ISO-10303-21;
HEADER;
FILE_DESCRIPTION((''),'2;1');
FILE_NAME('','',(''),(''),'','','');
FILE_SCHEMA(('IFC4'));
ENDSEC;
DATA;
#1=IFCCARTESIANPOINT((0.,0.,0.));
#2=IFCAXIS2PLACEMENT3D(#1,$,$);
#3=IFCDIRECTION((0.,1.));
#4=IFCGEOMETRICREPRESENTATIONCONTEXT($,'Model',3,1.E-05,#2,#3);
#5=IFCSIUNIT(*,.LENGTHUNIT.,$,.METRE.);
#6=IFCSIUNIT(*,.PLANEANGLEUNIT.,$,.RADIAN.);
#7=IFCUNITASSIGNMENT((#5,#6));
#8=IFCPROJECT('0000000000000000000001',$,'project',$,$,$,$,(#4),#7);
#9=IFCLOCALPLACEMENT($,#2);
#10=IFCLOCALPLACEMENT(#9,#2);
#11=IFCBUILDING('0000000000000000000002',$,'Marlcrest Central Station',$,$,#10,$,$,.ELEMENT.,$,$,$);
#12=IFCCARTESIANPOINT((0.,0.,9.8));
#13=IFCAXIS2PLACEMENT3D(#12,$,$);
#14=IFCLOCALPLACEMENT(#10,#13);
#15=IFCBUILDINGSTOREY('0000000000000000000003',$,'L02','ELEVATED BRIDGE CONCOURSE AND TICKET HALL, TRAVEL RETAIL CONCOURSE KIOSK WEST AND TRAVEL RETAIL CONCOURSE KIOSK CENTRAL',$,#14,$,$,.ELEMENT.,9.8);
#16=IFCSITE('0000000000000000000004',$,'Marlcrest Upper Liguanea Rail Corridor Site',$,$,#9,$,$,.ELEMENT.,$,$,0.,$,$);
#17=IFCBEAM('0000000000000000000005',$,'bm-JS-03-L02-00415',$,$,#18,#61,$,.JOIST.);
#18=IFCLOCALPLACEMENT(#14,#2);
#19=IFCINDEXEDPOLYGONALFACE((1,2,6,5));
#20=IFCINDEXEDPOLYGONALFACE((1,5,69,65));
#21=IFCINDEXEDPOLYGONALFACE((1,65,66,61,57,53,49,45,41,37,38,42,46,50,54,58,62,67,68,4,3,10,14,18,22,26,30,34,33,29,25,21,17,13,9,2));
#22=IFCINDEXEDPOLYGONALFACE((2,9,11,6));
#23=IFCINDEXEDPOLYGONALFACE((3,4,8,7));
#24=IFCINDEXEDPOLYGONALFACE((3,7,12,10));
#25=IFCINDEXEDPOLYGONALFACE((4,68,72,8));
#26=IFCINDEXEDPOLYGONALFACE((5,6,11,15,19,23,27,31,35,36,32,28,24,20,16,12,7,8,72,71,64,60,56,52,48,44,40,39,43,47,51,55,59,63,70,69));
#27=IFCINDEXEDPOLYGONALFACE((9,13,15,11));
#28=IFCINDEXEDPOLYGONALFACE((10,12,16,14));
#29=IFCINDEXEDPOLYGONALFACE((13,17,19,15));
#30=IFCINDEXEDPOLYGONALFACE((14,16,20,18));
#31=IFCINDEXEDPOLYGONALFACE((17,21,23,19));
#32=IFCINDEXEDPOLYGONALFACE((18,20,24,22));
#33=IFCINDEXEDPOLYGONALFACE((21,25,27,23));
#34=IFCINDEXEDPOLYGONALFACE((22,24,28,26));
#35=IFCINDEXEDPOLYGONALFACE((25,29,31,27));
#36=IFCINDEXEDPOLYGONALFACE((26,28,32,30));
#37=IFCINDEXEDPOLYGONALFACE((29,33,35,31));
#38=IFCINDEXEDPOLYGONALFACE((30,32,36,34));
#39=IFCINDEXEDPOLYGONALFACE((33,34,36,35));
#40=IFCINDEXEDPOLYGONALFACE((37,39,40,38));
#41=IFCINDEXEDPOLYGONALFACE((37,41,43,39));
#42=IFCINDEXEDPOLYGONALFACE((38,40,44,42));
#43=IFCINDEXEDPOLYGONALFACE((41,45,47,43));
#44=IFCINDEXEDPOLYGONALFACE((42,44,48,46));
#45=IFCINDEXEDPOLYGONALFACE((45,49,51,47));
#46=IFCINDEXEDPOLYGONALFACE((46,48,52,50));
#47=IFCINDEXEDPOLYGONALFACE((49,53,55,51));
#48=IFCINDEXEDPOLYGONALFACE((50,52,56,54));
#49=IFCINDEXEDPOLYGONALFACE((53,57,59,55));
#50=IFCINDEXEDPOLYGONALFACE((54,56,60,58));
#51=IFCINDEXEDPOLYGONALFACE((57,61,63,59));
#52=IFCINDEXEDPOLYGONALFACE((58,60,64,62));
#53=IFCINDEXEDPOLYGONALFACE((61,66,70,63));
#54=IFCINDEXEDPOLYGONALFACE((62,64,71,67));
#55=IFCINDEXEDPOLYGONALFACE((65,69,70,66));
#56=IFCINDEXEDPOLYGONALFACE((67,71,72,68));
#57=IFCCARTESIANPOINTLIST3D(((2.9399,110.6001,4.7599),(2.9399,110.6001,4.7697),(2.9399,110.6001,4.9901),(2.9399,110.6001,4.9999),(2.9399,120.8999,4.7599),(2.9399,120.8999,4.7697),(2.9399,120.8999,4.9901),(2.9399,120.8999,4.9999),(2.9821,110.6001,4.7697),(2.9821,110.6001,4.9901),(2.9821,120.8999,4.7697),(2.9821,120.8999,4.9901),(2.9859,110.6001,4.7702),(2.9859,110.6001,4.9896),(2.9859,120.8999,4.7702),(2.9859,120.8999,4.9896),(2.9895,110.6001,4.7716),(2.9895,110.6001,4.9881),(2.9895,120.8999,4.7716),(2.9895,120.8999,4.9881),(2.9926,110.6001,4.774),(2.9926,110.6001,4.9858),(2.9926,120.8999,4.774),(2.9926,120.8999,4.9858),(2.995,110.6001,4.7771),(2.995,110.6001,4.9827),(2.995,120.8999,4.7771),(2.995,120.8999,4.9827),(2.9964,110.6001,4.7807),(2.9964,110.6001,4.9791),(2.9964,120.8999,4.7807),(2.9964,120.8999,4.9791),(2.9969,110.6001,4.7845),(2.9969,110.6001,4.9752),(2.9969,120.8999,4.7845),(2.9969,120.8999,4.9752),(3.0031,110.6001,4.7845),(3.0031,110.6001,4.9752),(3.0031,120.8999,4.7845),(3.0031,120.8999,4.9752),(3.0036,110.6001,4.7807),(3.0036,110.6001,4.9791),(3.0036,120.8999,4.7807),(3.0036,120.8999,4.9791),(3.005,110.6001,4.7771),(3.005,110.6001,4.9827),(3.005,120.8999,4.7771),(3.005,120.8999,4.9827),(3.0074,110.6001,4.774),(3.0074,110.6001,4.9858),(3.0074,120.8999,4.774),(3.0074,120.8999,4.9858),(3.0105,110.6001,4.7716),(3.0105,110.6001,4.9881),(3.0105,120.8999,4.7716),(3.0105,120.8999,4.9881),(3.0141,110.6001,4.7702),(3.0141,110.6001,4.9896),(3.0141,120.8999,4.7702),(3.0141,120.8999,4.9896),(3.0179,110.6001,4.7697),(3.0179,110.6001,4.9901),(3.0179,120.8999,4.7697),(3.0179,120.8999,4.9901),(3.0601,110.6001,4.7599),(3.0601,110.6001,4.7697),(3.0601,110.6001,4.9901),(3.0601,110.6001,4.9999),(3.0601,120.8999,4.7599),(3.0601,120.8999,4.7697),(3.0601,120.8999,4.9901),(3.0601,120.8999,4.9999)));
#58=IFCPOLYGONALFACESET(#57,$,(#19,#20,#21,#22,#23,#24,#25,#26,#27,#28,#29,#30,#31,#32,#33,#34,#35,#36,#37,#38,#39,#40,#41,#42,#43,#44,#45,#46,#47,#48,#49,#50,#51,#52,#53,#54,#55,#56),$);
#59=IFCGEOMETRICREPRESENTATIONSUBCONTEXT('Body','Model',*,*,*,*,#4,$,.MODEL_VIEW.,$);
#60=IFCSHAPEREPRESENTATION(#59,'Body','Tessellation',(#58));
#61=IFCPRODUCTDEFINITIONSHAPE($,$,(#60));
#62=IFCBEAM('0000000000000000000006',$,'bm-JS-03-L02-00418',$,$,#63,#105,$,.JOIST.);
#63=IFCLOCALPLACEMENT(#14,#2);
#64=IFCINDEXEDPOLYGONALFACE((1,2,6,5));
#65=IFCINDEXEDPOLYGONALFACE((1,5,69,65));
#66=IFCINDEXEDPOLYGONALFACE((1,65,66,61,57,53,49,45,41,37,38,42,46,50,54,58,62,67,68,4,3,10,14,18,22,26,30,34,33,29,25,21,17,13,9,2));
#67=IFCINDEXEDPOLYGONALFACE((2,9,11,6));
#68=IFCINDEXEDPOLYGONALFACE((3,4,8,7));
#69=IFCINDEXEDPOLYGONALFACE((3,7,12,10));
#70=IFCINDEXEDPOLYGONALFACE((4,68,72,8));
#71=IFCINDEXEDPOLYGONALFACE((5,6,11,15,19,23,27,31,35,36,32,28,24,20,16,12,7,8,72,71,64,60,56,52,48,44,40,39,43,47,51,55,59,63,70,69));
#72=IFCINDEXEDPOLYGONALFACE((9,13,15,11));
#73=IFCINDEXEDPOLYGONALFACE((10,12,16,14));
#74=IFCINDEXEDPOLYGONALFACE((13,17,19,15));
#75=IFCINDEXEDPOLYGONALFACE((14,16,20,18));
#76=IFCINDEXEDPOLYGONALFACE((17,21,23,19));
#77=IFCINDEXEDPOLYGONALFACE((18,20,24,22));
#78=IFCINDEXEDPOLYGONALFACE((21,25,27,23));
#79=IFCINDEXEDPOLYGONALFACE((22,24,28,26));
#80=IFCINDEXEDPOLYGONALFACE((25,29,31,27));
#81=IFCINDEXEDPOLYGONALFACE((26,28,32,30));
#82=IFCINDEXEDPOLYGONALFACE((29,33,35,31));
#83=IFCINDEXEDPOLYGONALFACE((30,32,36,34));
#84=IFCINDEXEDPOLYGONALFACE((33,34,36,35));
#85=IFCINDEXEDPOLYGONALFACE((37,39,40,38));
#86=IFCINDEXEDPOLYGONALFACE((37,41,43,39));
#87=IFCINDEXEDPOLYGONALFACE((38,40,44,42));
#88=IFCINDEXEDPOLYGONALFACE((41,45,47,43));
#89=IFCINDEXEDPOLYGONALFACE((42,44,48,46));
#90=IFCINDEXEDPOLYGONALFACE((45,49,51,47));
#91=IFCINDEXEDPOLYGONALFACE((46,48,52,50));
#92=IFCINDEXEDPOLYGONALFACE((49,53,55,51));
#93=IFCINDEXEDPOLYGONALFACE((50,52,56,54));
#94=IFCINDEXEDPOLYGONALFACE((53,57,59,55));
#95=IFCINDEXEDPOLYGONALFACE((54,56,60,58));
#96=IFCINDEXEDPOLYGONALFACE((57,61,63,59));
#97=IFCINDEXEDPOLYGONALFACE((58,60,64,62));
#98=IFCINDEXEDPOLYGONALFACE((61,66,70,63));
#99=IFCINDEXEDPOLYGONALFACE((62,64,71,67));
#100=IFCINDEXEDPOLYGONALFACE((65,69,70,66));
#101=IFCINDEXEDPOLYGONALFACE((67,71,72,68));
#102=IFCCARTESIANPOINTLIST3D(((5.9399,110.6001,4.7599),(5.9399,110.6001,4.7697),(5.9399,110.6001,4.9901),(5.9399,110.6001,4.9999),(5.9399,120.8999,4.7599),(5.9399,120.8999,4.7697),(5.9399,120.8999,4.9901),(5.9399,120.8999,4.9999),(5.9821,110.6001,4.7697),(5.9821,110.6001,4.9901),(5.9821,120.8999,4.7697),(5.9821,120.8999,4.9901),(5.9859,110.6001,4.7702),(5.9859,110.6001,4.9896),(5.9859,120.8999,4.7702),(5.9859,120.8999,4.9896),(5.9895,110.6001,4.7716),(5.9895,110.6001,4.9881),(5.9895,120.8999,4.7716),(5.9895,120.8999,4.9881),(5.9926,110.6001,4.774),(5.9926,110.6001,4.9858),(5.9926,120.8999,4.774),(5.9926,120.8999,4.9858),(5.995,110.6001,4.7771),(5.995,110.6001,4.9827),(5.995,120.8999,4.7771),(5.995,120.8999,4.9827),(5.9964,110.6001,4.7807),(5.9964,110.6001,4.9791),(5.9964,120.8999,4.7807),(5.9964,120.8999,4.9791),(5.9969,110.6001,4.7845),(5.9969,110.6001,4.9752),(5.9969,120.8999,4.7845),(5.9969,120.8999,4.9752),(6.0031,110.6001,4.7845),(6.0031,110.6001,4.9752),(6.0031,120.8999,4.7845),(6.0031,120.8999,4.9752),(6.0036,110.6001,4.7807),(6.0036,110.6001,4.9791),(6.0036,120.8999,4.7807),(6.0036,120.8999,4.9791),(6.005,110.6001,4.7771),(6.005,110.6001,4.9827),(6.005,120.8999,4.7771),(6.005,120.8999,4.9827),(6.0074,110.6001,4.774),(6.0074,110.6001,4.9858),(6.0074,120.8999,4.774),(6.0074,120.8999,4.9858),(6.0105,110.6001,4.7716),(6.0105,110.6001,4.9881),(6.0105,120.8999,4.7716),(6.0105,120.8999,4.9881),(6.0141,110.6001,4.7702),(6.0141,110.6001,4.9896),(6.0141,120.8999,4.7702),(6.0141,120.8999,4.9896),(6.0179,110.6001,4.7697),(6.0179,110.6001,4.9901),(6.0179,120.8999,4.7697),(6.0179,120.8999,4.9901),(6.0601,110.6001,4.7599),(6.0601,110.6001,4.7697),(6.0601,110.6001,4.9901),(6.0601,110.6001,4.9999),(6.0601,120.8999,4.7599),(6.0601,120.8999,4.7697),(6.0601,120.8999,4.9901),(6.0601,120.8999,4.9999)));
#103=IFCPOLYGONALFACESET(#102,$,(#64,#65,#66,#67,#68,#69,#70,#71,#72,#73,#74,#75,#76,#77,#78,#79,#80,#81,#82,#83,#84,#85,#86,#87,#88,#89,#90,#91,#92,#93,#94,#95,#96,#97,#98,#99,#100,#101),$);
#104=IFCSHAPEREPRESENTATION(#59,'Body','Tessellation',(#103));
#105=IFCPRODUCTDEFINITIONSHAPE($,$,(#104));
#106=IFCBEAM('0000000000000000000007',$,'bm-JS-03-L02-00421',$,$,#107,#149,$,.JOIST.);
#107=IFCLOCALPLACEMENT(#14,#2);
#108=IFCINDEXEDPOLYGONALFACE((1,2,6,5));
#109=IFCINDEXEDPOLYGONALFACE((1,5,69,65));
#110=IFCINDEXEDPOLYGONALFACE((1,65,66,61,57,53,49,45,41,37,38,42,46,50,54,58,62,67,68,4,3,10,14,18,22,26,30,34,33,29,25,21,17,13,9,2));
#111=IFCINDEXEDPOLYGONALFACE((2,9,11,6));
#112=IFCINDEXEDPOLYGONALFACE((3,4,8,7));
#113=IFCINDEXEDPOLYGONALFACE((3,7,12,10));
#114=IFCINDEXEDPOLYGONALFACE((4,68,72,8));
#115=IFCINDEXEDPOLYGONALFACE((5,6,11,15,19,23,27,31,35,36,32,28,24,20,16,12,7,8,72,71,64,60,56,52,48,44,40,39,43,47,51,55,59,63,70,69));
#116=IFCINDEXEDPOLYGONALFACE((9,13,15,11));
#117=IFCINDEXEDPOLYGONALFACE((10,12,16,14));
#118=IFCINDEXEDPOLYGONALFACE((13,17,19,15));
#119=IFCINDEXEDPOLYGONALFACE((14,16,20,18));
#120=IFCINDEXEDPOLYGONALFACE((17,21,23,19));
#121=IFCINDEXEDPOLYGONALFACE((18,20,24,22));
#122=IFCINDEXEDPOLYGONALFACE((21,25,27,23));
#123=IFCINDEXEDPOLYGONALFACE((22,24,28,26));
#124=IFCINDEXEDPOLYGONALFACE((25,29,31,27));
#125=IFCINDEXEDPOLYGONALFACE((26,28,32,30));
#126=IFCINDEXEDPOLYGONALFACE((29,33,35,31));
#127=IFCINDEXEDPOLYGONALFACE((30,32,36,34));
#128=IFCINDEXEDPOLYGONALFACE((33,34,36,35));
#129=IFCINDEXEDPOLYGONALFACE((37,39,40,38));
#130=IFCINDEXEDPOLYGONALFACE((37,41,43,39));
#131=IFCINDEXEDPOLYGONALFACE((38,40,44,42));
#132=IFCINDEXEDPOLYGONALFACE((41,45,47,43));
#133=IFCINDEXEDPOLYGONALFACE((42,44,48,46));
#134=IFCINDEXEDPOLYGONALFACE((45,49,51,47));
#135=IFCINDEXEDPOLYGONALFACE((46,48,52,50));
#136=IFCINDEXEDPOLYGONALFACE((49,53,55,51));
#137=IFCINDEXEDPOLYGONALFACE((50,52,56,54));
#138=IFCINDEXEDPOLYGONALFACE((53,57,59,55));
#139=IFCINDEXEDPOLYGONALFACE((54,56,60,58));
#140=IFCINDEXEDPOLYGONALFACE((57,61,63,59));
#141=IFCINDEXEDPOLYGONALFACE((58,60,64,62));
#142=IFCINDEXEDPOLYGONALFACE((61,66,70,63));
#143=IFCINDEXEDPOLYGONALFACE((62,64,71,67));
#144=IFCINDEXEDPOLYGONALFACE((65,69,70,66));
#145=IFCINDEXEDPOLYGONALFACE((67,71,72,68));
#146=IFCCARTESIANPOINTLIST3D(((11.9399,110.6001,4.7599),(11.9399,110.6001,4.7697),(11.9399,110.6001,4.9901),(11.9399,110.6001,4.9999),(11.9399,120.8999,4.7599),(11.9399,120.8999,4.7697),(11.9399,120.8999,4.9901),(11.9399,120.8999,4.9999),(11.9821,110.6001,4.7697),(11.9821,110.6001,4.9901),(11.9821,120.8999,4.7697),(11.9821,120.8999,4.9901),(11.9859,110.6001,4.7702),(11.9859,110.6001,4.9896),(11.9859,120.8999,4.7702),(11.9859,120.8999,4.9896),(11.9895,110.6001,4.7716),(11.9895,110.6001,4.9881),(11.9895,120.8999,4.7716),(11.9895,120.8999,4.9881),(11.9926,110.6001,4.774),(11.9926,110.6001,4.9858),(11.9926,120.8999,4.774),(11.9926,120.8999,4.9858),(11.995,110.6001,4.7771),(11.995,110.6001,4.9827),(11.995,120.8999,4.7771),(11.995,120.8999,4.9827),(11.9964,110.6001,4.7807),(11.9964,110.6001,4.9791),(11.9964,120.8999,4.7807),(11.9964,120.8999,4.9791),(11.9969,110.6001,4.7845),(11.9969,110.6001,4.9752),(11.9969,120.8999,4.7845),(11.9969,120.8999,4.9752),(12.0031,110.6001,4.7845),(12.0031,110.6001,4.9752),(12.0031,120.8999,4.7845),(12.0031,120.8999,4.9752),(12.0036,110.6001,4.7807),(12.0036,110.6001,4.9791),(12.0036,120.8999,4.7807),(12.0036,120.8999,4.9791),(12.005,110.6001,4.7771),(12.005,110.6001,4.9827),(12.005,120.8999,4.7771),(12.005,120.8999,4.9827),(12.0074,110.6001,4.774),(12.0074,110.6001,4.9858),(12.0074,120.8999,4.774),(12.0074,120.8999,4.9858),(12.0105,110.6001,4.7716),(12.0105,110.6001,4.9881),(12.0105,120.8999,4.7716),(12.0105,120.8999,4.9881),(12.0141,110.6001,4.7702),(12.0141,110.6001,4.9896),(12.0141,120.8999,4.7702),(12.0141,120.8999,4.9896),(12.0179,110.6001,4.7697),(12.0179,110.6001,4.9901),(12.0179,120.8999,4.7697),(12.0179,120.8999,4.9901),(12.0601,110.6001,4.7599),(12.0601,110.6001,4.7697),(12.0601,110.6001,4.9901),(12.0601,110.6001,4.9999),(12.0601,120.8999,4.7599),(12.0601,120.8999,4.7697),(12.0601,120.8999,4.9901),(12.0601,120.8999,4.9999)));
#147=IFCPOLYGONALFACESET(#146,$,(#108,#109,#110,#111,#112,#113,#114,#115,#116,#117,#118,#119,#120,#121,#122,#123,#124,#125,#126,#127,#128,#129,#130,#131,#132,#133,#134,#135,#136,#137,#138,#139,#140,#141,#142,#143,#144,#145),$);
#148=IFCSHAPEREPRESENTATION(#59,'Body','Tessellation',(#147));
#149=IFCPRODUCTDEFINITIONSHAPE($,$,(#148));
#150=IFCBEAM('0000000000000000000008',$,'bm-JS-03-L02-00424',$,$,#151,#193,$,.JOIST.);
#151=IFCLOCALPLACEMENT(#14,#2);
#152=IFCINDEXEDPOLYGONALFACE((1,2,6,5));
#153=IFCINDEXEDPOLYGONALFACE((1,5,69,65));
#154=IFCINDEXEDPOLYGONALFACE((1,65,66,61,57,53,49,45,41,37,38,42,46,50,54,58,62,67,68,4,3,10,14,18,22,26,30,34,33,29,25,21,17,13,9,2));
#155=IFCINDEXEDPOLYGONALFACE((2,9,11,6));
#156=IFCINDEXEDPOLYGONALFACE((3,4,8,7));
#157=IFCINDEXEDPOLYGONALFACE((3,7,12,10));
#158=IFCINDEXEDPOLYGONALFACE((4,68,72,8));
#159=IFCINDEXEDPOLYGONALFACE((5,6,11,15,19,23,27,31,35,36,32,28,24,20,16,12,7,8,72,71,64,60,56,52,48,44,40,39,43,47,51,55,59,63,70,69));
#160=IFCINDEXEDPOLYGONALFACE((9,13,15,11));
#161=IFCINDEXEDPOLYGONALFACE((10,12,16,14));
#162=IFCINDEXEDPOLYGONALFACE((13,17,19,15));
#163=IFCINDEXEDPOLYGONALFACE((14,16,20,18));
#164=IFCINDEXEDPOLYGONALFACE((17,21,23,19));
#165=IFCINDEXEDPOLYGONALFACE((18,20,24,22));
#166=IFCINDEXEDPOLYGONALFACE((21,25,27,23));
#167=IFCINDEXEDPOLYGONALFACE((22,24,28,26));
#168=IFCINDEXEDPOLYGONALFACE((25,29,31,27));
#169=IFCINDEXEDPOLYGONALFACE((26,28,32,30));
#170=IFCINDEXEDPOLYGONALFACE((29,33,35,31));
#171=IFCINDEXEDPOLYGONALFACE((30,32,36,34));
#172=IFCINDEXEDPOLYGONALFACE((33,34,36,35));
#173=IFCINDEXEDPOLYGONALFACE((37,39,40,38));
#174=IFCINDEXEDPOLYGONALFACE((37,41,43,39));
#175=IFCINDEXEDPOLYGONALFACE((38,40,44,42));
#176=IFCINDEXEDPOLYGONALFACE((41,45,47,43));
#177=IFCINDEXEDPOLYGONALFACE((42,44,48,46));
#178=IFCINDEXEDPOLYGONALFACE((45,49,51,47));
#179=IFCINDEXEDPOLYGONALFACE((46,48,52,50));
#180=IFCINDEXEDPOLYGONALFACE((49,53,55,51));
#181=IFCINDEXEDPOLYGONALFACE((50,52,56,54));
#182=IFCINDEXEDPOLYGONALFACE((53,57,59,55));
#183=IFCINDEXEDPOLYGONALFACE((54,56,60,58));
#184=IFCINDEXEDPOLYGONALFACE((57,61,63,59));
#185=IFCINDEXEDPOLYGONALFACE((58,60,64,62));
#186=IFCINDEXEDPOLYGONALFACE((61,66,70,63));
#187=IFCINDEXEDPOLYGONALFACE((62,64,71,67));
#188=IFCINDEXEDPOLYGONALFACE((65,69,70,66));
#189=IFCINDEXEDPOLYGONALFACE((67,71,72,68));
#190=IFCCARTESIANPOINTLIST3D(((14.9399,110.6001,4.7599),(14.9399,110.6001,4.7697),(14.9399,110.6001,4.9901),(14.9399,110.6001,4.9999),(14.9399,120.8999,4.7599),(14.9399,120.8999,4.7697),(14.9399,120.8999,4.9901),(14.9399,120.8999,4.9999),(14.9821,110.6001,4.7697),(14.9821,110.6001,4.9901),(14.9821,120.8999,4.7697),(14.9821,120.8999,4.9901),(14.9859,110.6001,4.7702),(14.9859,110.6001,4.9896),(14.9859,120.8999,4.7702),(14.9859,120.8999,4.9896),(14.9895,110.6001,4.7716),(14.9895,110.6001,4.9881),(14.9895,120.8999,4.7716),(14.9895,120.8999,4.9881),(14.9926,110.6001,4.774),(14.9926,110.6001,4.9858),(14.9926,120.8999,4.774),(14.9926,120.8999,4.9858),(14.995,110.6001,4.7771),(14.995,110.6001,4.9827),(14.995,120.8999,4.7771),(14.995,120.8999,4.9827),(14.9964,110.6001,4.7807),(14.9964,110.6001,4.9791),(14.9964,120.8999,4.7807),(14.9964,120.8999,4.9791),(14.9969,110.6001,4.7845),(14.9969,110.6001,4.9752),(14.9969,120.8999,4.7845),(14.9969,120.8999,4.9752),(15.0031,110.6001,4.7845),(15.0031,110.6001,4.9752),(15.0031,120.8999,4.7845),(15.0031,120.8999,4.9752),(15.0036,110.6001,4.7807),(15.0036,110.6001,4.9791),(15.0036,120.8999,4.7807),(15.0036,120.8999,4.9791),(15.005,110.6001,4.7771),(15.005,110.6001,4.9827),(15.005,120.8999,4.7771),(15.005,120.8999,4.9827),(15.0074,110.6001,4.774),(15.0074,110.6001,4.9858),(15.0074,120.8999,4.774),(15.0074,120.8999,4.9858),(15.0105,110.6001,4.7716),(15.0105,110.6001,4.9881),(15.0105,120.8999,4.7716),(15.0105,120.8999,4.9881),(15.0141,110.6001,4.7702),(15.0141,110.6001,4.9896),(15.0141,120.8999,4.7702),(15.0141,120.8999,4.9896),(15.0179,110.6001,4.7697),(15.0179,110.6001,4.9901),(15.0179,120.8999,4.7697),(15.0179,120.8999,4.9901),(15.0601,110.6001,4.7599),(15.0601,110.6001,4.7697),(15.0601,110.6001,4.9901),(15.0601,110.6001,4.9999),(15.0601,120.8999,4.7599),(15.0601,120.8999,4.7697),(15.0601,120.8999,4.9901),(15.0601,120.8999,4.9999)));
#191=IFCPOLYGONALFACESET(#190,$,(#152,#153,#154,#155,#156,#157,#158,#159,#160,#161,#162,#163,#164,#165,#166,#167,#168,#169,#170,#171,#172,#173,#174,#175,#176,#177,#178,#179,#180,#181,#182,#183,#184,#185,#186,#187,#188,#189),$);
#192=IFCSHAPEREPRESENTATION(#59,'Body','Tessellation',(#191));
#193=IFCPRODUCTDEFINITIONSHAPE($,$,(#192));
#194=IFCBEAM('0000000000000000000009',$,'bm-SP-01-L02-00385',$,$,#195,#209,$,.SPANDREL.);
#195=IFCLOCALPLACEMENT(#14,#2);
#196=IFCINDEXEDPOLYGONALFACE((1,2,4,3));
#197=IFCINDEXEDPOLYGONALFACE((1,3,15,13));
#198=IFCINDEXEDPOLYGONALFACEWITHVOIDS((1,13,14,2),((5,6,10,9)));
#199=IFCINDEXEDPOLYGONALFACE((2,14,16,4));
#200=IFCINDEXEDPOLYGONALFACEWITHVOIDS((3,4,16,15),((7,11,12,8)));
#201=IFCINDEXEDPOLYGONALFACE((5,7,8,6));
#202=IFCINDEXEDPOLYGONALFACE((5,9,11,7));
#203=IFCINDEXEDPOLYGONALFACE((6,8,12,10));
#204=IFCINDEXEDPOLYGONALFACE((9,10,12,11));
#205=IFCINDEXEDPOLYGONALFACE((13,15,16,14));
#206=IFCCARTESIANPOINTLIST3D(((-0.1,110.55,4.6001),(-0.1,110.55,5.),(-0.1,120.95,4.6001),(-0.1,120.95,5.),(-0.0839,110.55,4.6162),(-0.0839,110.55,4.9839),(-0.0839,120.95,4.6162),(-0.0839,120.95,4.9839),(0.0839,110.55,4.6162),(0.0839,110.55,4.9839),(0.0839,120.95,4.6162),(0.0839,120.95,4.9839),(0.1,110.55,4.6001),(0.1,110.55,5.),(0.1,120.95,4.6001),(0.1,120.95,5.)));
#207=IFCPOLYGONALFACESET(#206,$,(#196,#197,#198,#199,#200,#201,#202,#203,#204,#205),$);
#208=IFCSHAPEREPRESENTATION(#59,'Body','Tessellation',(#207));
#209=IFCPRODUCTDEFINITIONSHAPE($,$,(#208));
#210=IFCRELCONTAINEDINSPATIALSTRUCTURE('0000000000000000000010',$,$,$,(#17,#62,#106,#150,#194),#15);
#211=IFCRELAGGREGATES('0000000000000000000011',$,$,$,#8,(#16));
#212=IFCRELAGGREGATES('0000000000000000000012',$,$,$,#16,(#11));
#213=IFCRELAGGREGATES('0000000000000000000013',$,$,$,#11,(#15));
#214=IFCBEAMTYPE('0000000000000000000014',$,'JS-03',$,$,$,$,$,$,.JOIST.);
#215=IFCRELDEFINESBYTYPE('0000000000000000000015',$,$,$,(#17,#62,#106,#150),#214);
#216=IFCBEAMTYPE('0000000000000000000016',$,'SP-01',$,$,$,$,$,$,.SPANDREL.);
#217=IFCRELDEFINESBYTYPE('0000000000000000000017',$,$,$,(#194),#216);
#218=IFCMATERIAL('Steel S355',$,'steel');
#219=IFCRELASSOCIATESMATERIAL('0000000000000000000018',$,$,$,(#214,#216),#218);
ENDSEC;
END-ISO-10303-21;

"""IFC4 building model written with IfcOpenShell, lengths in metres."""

from ifc_helpers import new_model, si_unit, direction, frame, origin, origin_2d, place, context, subcontext, project, spatial, hollow_rectangle, i_section, extrude, material, material_profile, profile_set, type_object, element, save


model = new_model("IFC4")

# Units and contexts
model_context = context("Model", 3, precision=1e-05, world=origin(), true_north=direction((0.0, 1.0)))
body_context = subcontext(model_context, "Body", "Model", "MODEL_VIEW")
ifc_project = project(units=[si_unit("LENGTHUNIT", "METRE"), si_unit("PLANEANGLEUNIT", "RADIAN")], contexts=[model_context])

# Site, building, storey
site_placement = place(None, origin())
site = spatial("IfcSite", under=ifc_project, at=site_placement, Name="Marlcrest Upper Liguanea Rail Corridor Site", CompositionType="ELEMENT", RefElevation=0.0)
building_placement = place(site_placement, origin())
building = spatial("IfcBuilding", under=site, at=building_placement, Name="Marlcrest Central Station", CompositionType="ELEMENT")
storey_placement = place(building_placement, frame((0.0, 0.0, 9.8)))
storey = spatial("IfcBuildingStorey", under=building, at=storey_placement, Name="L02", Description="ELEVATED BRIDGE CONCOURSE AND TICKET HALL, TRAVEL RETAIL CONCOURSE KIOSK WEST AND TRAVEL RETAIL CONCOURSE KIOSK CENTRAL", CompositionType="ELEMENT", Elevation=9.8)

# Shared definitions
ifc_material_1 = material(Name="Steel S355", Category="steel")

# Beams
ifc_material_profile_1 = material_profile(ifc_material_1, i_section(OverallWidth=0.1201, OverallDepth=0.24, WebThickness=0.0061, FlangeThickness=0.0098, FilletRadius=0.0149, at=origin_2d()), Name="IPE 240")
ifc_profile_set_1 = profile_set([ifc_material_profile_1], Name="Steel S355")
beam_type_1 = type_object("IfcBeamType", Name="JS-03", PredefinedType="JOIST", material=ifc_profile_set_1)
for number, where, z_axis, x_axis, name in (
    (1, (3.0, 110.6001, 4.8799), (0.0, 1.0, 0.0), (-1.0, 0.0, 0.0), "bm-JS-03-L02-00415"),
    (2, (6.0, 110.6001, 4.8799), (0.0, 1.0, 0.0), (-1.0, 0.0, 0.0), "bm-JS-03-L02-00418"),
    (3, (12.0, 110.6001, 4.8799), (0.0, 1.0, 0.0), (-1.0, 0.0, 0.0), "bm-JS-03-L02-00421"),
    (4, (15.0, 110.6001, 4.8799), (0.0, 1.0, 0.0), (-1.0, 0.0, 0.0), "bm-JS-03-L02-00424"),
):
    element("IfcBeam", number, at=place(storey_placement, frame(where, z_axis=z_axis, x_axis=x_axis)), inside=storey, type_object=beam_type_1, Name=name, PredefinedType="JOIST", context=body_context, shape_type="SweptSolid", body=[
        extrude(i_section(OverallWidth=0.1201, OverallDepth=0.24, WebThickness=0.0061, FlangeThickness=0.0098, FilletRadius=0.0149, at=origin_2d()), origin(), (0.0, 0.0, 1.0), 10.2998),
    ])
ifc_material_profile_2 = material_profile(ifc_material_1, hollow_rectangle(XDim=0.2, YDim=0.3999, WallThickness=0.0161, at=origin_2d()), Name="RHS 400x200x16")
ifc_profile_set_2 = profile_set([ifc_material_profile_2], Name="Steel S355")
beam_type_2 = type_object("IfcBeamType", Name="SP-01", PredefinedType="SPANDREL", material=ifc_profile_set_2)
beam_placement = place(storey_placement, frame((0.0, 110.55, 4.8), z_axis=(0.0, 1.0, 0.0), x_axis=(-1.0, 0.0, 0.0)))
element("IfcBeam", 5, at=beam_placement, inside=storey, type_object=beam_type_2, Name="bm-SP-01-L02-00385", PredefinedType="SPANDREL", context=body_context, shape_type="SweptSolid", body=[
    extrude(hollow_rectangle(XDim=0.2, YDim=0.3999, WallThickness=0.0161, at=origin_2d()), origin(), (0.0, 0.0, 1.0), 10.3999),
])

save(model, "model.ifc")
